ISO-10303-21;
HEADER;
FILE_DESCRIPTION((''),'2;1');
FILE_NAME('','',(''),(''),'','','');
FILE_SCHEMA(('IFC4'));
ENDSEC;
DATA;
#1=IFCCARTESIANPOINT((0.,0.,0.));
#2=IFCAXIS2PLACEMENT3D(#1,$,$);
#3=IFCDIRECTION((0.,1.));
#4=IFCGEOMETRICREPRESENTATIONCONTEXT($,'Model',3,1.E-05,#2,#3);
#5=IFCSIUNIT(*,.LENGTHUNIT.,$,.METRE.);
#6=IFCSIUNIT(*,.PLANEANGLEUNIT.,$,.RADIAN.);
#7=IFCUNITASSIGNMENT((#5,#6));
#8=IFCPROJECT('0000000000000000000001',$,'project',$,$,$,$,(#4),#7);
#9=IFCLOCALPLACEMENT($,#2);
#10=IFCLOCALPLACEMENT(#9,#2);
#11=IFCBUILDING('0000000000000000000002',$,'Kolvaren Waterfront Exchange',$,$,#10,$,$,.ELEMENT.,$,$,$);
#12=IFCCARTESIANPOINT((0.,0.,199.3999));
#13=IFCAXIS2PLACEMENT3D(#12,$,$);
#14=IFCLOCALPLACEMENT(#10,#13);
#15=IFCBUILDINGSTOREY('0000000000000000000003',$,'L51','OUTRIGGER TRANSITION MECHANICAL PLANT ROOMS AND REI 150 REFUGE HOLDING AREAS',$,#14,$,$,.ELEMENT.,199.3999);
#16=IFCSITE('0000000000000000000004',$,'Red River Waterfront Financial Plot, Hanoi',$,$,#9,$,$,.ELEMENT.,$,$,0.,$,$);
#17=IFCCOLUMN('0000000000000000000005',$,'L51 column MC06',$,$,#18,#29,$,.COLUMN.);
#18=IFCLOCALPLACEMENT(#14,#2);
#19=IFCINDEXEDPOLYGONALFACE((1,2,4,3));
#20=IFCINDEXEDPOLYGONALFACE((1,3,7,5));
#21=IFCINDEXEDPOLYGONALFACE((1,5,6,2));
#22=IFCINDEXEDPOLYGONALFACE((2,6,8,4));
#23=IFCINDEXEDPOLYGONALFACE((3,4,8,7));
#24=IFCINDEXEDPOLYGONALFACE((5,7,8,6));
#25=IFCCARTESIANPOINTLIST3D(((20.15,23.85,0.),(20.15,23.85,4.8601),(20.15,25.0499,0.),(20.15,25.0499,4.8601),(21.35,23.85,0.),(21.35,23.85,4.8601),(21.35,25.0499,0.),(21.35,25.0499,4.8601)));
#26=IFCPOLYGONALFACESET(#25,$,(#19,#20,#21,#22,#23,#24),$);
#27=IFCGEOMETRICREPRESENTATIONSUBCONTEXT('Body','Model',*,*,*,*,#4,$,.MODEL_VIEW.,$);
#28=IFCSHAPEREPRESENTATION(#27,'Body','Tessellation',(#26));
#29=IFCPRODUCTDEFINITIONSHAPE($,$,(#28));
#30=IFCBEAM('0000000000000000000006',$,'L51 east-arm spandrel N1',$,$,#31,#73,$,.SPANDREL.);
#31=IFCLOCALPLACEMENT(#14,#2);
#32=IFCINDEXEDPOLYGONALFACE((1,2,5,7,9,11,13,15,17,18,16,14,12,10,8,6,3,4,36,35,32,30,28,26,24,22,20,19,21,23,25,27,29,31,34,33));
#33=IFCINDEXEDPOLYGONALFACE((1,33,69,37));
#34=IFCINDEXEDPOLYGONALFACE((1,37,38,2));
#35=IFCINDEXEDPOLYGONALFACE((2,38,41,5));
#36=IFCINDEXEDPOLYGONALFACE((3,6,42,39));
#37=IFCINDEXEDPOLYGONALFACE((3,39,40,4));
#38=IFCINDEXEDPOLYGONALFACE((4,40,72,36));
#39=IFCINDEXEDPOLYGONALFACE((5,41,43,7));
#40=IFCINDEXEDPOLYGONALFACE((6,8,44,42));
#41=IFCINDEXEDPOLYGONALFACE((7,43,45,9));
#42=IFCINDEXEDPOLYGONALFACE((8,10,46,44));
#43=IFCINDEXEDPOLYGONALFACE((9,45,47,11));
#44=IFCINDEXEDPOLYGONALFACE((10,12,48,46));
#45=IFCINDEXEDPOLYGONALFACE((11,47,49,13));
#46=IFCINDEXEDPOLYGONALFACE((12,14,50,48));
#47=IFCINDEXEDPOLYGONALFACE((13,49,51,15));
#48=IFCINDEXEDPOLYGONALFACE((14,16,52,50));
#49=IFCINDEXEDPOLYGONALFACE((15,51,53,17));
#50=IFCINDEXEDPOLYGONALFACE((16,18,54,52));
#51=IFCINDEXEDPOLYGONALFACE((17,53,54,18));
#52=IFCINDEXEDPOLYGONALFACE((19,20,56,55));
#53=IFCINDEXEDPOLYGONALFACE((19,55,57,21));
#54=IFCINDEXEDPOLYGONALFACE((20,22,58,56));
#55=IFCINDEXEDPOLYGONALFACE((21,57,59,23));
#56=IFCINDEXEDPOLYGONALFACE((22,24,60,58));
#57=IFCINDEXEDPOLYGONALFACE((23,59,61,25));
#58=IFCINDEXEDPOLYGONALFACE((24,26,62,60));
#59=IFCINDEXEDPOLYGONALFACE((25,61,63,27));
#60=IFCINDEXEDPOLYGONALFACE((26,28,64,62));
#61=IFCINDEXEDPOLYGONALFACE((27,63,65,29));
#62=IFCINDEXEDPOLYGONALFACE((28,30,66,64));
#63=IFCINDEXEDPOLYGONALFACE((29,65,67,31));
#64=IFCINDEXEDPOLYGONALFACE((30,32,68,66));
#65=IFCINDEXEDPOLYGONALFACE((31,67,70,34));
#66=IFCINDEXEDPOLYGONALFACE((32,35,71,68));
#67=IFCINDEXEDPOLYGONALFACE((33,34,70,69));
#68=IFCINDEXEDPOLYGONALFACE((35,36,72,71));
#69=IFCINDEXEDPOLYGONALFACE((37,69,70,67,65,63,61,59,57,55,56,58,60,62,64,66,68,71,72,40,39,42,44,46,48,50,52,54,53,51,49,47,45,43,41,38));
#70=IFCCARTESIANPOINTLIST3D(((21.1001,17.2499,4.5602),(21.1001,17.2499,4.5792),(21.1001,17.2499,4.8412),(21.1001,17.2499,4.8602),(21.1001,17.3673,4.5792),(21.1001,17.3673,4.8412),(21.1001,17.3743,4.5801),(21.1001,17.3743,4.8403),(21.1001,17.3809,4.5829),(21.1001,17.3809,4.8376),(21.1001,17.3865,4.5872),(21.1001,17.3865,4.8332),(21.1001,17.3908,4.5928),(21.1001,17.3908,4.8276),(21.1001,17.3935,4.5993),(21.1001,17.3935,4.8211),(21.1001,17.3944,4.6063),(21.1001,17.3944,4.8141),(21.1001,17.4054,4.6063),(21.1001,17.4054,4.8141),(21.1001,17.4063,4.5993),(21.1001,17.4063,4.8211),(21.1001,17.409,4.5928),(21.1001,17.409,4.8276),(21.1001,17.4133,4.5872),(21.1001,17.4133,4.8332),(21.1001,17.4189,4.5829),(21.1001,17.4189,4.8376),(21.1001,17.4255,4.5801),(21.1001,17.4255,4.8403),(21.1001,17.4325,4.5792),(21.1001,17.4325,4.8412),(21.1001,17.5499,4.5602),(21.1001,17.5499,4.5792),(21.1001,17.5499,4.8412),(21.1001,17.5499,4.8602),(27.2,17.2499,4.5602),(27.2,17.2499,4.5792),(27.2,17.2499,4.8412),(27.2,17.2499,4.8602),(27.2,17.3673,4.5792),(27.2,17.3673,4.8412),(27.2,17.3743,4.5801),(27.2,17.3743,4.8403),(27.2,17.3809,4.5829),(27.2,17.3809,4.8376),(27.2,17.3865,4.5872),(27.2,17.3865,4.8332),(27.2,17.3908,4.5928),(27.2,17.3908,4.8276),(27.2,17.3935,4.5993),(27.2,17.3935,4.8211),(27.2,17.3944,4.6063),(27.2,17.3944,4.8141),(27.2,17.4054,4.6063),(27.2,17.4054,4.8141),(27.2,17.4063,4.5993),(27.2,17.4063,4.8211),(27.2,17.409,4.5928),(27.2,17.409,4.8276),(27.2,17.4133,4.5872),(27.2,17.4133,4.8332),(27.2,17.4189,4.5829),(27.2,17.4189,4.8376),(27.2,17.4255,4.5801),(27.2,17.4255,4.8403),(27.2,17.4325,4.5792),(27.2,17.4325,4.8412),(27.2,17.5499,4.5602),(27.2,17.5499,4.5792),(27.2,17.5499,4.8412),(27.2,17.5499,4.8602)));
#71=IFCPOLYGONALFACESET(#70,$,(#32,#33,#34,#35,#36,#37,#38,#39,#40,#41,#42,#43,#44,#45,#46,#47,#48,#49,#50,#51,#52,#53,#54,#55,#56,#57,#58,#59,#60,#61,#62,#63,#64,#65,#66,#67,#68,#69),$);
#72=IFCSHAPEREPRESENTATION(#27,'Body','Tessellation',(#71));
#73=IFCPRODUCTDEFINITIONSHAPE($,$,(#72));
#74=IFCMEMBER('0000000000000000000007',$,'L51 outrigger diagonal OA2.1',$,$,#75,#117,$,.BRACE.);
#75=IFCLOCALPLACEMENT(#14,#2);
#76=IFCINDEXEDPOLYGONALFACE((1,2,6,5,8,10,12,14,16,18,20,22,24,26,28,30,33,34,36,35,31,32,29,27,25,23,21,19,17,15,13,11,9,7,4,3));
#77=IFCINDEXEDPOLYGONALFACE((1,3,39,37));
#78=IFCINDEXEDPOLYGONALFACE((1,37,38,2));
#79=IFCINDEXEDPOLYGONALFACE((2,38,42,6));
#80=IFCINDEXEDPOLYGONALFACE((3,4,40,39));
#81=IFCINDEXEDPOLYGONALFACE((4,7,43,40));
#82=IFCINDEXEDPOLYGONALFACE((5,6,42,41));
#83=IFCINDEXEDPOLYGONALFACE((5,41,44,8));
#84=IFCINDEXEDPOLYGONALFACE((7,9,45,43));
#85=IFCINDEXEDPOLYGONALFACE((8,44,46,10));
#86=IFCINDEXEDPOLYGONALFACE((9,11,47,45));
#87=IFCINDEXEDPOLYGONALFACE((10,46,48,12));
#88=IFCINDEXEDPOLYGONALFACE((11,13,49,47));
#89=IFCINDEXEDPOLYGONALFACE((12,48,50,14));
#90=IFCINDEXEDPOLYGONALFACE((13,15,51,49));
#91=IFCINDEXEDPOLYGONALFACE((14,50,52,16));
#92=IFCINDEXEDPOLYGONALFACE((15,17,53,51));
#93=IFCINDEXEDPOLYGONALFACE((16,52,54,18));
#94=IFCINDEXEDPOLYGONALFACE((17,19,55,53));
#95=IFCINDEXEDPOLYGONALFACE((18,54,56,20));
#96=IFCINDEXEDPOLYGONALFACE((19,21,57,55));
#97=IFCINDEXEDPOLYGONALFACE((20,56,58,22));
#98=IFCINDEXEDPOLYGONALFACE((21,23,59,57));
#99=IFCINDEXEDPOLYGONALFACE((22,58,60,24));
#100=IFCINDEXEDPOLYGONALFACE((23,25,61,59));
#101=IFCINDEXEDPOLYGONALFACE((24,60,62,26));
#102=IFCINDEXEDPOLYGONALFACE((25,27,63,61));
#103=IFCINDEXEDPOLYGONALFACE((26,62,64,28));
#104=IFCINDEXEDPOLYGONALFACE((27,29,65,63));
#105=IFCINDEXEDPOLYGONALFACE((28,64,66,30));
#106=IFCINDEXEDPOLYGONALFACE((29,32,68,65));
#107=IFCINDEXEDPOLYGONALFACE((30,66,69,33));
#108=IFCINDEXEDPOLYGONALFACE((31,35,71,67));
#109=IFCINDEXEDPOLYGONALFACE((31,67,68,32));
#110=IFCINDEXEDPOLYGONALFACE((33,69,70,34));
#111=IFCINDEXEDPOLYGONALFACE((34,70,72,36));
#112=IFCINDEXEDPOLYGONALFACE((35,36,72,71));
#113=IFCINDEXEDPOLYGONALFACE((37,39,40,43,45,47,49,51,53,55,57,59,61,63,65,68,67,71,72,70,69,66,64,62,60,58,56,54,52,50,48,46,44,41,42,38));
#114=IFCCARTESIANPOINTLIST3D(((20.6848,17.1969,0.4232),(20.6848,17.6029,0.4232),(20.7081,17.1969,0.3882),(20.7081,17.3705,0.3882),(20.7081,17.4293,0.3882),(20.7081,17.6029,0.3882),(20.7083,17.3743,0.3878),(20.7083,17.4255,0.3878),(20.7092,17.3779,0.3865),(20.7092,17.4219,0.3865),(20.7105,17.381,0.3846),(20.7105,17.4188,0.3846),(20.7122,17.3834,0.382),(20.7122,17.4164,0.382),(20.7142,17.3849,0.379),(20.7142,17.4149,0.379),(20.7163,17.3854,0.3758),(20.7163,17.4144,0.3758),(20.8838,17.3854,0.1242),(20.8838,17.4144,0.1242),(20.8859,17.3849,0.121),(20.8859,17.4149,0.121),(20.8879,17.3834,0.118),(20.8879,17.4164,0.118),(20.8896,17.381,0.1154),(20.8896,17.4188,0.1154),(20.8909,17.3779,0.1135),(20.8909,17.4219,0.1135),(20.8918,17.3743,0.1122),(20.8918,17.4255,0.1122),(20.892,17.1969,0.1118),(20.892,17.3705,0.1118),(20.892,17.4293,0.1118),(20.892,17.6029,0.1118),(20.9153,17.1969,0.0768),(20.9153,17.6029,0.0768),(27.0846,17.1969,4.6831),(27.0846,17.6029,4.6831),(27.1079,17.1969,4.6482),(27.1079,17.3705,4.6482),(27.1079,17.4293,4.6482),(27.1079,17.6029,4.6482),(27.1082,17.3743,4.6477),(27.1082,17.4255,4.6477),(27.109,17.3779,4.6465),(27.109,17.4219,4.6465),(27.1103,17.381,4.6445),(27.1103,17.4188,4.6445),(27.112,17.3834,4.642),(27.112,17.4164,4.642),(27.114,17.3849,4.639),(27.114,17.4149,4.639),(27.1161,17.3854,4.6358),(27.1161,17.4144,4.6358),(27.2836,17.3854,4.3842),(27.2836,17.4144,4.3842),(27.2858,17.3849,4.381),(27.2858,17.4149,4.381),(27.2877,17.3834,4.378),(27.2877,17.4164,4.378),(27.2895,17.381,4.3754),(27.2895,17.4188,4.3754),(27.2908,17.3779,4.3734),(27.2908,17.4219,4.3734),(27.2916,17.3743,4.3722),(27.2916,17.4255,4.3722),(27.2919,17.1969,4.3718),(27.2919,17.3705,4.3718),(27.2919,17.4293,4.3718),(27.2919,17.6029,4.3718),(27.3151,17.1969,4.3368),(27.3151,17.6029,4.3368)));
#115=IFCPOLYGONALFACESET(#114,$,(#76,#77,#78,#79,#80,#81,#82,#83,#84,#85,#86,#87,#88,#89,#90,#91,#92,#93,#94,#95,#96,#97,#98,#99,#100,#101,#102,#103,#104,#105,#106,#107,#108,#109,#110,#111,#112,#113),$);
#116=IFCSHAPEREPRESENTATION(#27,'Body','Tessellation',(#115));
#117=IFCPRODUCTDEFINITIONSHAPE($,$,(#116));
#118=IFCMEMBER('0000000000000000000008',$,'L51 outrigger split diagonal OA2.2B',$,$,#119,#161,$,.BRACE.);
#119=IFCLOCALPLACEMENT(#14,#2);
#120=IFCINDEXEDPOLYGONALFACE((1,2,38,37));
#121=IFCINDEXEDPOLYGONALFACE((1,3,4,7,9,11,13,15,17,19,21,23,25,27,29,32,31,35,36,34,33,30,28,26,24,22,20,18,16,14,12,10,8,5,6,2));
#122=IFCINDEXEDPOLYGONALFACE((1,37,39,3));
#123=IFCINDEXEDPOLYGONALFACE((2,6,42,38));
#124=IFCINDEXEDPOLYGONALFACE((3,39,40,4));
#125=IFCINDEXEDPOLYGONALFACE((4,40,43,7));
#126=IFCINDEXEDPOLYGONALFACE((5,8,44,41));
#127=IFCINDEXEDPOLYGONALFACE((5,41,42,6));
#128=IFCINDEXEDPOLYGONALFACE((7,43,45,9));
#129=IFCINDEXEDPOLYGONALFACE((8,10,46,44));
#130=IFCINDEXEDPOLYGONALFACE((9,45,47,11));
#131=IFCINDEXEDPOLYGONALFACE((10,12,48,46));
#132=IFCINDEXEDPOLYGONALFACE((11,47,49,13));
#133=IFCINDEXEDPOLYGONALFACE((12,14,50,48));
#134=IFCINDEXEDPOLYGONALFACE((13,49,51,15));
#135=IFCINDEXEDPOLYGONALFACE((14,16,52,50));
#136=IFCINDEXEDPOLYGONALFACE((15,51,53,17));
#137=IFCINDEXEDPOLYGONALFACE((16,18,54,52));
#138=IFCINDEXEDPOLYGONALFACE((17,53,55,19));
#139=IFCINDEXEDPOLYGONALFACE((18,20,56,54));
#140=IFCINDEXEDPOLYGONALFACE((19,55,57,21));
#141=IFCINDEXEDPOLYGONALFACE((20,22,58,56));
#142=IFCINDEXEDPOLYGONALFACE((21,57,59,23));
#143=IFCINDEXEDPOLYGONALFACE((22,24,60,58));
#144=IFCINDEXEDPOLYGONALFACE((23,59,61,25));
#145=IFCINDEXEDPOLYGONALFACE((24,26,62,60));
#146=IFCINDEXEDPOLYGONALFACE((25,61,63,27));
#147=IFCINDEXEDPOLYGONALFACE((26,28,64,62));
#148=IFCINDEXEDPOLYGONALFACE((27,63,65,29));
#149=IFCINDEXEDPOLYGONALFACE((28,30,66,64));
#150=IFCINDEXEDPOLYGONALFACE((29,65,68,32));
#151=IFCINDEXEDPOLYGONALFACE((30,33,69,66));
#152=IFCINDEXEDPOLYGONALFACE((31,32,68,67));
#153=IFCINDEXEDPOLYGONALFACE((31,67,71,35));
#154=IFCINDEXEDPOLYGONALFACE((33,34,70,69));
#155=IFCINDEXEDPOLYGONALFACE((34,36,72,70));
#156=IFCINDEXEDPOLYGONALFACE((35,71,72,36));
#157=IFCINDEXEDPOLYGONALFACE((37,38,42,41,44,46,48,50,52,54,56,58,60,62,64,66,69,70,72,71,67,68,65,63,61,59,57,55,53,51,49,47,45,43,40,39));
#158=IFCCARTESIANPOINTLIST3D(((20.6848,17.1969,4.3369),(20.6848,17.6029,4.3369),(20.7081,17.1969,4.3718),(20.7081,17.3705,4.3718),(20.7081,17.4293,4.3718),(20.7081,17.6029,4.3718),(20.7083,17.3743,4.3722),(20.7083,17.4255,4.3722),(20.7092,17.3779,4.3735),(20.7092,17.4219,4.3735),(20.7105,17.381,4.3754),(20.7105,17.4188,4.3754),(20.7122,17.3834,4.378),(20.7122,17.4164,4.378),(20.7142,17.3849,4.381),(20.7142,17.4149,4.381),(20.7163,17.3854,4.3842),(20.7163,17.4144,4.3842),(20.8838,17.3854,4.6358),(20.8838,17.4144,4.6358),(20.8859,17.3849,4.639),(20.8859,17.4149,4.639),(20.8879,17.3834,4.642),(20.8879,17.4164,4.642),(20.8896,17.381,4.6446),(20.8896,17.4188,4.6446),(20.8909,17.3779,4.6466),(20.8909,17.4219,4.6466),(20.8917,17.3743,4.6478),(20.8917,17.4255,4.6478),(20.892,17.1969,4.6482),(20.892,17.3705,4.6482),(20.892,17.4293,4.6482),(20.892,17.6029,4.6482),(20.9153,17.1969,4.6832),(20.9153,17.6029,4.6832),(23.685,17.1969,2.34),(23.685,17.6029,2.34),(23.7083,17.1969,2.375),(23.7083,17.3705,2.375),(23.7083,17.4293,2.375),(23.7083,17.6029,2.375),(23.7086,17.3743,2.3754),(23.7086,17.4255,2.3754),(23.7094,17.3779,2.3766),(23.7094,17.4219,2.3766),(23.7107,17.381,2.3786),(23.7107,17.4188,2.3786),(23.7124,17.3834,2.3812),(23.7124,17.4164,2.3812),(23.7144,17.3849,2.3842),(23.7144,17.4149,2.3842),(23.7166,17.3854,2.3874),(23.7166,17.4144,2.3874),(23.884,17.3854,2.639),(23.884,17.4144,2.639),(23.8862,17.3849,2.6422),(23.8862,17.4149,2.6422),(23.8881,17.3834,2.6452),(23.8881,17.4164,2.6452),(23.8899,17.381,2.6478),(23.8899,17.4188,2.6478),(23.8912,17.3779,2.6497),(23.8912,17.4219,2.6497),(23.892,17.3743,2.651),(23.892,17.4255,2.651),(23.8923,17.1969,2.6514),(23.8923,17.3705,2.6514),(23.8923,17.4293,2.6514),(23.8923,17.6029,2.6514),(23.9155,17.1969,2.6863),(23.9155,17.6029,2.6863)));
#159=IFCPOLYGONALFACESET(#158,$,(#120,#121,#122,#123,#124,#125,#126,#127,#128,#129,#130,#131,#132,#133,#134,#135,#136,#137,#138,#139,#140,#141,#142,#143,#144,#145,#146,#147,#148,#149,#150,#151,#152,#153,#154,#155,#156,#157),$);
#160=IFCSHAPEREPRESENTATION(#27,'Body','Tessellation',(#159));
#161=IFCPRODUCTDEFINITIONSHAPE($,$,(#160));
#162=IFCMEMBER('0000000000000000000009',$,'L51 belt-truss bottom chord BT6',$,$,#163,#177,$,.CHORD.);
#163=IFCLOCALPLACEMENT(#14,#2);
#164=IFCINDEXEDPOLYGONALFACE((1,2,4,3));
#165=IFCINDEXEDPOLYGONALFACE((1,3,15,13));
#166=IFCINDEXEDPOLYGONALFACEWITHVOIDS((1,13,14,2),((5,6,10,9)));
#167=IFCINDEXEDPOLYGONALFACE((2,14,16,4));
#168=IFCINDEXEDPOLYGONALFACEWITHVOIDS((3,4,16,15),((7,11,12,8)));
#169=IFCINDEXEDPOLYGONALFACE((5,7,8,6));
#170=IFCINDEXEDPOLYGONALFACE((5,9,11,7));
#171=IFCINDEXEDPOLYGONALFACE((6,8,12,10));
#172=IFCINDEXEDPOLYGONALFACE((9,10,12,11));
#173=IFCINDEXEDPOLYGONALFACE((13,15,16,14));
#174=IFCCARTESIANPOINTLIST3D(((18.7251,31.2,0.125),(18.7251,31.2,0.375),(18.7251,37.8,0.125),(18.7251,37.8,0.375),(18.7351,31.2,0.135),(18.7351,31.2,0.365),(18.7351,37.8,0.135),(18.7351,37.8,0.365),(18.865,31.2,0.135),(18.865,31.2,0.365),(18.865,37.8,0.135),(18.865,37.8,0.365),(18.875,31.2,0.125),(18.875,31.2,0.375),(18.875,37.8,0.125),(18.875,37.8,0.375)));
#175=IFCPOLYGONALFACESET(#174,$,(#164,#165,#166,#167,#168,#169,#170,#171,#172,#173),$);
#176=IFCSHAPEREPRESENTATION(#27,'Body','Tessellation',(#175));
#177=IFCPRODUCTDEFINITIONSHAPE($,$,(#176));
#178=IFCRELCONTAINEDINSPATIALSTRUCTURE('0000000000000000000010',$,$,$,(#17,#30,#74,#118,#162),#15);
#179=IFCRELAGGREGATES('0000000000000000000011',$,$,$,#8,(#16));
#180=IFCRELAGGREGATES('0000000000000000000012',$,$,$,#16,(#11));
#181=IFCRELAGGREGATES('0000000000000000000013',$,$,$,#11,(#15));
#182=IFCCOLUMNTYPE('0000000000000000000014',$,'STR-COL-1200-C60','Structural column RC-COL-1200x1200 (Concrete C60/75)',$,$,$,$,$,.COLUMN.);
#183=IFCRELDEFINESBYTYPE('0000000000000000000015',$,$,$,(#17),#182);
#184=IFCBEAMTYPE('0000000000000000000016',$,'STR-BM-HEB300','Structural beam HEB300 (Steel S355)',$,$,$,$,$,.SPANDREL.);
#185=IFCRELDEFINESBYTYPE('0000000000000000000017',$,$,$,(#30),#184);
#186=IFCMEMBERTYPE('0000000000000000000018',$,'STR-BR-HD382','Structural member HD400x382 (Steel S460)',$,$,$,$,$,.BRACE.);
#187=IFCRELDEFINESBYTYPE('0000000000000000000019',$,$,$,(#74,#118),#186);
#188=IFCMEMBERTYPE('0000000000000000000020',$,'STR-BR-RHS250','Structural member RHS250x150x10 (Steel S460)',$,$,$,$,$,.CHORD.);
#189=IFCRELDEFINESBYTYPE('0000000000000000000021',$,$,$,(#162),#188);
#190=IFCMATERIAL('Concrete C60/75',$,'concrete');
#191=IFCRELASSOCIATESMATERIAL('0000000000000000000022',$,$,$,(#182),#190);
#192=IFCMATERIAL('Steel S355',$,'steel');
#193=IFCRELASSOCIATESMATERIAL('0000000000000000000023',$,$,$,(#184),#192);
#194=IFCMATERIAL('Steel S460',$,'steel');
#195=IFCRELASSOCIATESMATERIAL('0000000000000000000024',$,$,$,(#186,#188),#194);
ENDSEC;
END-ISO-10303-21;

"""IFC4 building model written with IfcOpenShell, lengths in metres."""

from ifc_helpers import new_model, si_unit, direction, frame, origin, origin_2d, place, context, subcontext, project, spatial, rectangle, hollow_rectangle, i_section, extrude, material, material_profile, profile_set, type_object, element, save


model = new_model("IFC4")

# Units and contexts
model_context = context("Model", 3, precision=1e-05, world=origin(), true_north=direction((0.0, 1.0)))
body_context = subcontext(model_context, "Body", "Model", "MODEL_VIEW")
ifc_project = project(units=[si_unit("LENGTHUNIT", "METRE"), si_unit("PLANEANGLEUNIT", "RADIAN")], contexts=[model_context])

# Site, building, storey
site_placement = place(None, origin())
site = spatial("IfcSite", under=ifc_project, at=site_placement, Name="Red River Waterfront Financial Plot, Hanoi", CompositionType="ELEMENT", RefElevation=0.0)
building_placement = place(site_placement, origin())
building = spatial("IfcBuilding", under=site, at=building_placement, Name="Kolvaren Waterfront Exchange", CompositionType="ELEMENT")
storey_placement = place(building_placement, frame((0.0, 0.0, 199.3999)))
storey = spatial("IfcBuildingStorey", under=building, at=storey_placement, Name="L51", Description="OUTRIGGER TRANSITION MECHANICAL PLANT ROOMS AND REI 150 REFUGE HOLDING AREAS", CompositionType="ELEMENT", Elevation=199.3999)

# Column
ifc_material_1 = material(Name="Concrete C60/75", Category="concrete")
ifc_material_profile_1 = material_profile(ifc_material_1, rectangle(XDim=1.2, YDim=1.2, at=origin_2d()), Name="RC-COL-1200x1200")
ifc_profile_set_1 = profile_set([ifc_material_profile_1], Name="Concrete C60/75")
column_type = type_object("IfcColumnType", Name="STR-COL-1200-C60", Description="Structural column RC-COL-1200x1200 (Concrete C60/75)", PredefinedType="COLUMN", material=ifc_profile_set_1)
column_placement = place(storey_placement, frame((20.75, 24.45, 0.0), z_axis=(0.0, 0.0, 1.0), x_axis=(1.0, 0.0, 0.0)))
element("IfcColumn", 1, at=column_placement, inside=storey, type_object=column_type, Name="L51 column MC06", PredefinedType="COLUMN", context=body_context, shape_type="SweptSolid", body=[
    extrude(rectangle(XDim=1.2, YDim=1.2, at=origin_2d()), origin(), (0.0, 0.0, 1.0), 4.8601),
])

# Beam
ifc_material_2 = material(Name="Steel S355", Category="steel")
ifc_material_profile_2 = material_profile(ifc_material_2, i_section(OverallWidth=0.3, OverallDepth=0.3, WebThickness=0.011, FlangeThickness=0.019, FilletRadius=0.0271, at=origin_2d()), Name="HEB300")
ifc_profile_set_2 = profile_set([ifc_material_profile_2], Name="Steel S355")
beam_type = type_object("IfcBeamType", Name="STR-BM-HEB300", Description="Structural beam HEB300 (Steel S355)", PredefinedType="SPANDREL", material=ifc_profile_set_2)
beam_placement = place(storey_placement, frame((21.1001, 17.3999, 4.7102), z_axis=(1.0, 0.0, 0.0), x_axis=(0.0, 1.0, 0.0)))
element("IfcBeam", 2, at=beam_placement, inside=storey, type_object=beam_type, Name="L51 east-arm spandrel N1", PredefinedType="SPANDREL", context=body_context, shape_type="SweptSolid", body=[
    extrude(i_section(OverallWidth=0.3, OverallDepth=0.3, WebThickness=0.011, FlangeThickness=0.019, FilletRadius=0.0271, at=origin_2d()), origin(), (0.0, 0.0, 1.0), 6.0999),
])

# Members
ifc_material_3 = material(Name="Steel S460", Category="steel")
ifc_material_profile_3 = material_profile(ifc_material_3, i_section(OverallWidth=0.406, OverallDepth=0.416, WebThickness=0.0291, FlangeThickness=0.042, FilletRadius=0.0149, at=origin_2d()), Name="HD400x382")
ifc_profile_set_3 = profile_set([ifc_material_profile_3], Name="Steel S460")
member_type_1 = type_object("IfcMemberType", Name="STR-BR-HD382", Description="Structural member HD400x382 (Steel S460)", PredefinedType="BRACE", material=ifc_profile_set_3)
member_1_placement = place(storey_placement, frame((20.8, 17.3999, 0.25), z_axis=(0.832446, 0.0, 0.554106), x_axis=(0.0, 1.0, 0.0)))
element("IfcMember", 3, at=member_1_placement, inside=storey, type_object=member_type_1, Name="L51 outrigger diagonal OA2.1", PredefinedType="BRACE", context=body_context, shape_type="SweptSolid", body=[
    extrude(i_section(OverallWidth=0.406, OverallDepth=0.416, WebThickness=0.0291, FlangeThickness=0.042, FilletRadius=0.0149, at=origin_2d()), origin(), (0.0, 0.0, 1.0), 7.688),
])
member_2_placement = place(storey_placement, frame((23.8003, 17.3999, 2.5132), z_axis=(-0.832477, 0.0, 0.554059), x_axis=(0.0, -1.0, 0.0)))
element("IfcMember", 4, at=member_2_placement, inside=storey, type_object=member_type_1, Name="L51 outrigger split diagonal OA2.2B", PredefinedType="BRACE", context=body_context, shape_type="SweptSolid", body=[
    extrude(i_section(OverallWidth=0.406, OverallDepth=0.416, WebThickness=0.0291, FlangeThickness=0.042, FilletRadius=0.0149, at=origin_2d()), origin(), (0.0, 0.0, 1.0), 3.604),
])
ifc_material_profile_4 = material_profile(ifc_material_3, hollow_rectangle(XDim=0.1499, YDim=0.25, WallThickness=0.01, at=origin_2d()), Name="RHS250x150x10")
ifc_profile_set_4 = profile_set([ifc_material_profile_4], Name="Steel S460")
member_type_2 = type_object("IfcMemberType", Name="STR-BR-RHS250", Description="Structural member RHS250x150x10 (Steel S460)", PredefinedType="CHORD", material=ifc_profile_set_4)
member_3_placement = place(storey_placement, frame((18.8, 31.2, 0.25), z_axis=(0.0, 1.0, 0.0), x_axis=(-1.0, 0.0, 0.0)))
element("IfcMember", 5, at=member_3_placement, inside=storey, type_object=member_type_2, Name="L51 belt-truss bottom chord BT6", PredefinedType="CHORD", context=body_context, shape_type="SweptSolid", body=[
    extrude(hollow_rectangle(XDim=0.1499, YDim=0.25, WallThickness=0.01, at=origin_2d()), origin(), (0.0, 0.0, 1.0), 6.6001),
])

save(model, "model.ifc")
